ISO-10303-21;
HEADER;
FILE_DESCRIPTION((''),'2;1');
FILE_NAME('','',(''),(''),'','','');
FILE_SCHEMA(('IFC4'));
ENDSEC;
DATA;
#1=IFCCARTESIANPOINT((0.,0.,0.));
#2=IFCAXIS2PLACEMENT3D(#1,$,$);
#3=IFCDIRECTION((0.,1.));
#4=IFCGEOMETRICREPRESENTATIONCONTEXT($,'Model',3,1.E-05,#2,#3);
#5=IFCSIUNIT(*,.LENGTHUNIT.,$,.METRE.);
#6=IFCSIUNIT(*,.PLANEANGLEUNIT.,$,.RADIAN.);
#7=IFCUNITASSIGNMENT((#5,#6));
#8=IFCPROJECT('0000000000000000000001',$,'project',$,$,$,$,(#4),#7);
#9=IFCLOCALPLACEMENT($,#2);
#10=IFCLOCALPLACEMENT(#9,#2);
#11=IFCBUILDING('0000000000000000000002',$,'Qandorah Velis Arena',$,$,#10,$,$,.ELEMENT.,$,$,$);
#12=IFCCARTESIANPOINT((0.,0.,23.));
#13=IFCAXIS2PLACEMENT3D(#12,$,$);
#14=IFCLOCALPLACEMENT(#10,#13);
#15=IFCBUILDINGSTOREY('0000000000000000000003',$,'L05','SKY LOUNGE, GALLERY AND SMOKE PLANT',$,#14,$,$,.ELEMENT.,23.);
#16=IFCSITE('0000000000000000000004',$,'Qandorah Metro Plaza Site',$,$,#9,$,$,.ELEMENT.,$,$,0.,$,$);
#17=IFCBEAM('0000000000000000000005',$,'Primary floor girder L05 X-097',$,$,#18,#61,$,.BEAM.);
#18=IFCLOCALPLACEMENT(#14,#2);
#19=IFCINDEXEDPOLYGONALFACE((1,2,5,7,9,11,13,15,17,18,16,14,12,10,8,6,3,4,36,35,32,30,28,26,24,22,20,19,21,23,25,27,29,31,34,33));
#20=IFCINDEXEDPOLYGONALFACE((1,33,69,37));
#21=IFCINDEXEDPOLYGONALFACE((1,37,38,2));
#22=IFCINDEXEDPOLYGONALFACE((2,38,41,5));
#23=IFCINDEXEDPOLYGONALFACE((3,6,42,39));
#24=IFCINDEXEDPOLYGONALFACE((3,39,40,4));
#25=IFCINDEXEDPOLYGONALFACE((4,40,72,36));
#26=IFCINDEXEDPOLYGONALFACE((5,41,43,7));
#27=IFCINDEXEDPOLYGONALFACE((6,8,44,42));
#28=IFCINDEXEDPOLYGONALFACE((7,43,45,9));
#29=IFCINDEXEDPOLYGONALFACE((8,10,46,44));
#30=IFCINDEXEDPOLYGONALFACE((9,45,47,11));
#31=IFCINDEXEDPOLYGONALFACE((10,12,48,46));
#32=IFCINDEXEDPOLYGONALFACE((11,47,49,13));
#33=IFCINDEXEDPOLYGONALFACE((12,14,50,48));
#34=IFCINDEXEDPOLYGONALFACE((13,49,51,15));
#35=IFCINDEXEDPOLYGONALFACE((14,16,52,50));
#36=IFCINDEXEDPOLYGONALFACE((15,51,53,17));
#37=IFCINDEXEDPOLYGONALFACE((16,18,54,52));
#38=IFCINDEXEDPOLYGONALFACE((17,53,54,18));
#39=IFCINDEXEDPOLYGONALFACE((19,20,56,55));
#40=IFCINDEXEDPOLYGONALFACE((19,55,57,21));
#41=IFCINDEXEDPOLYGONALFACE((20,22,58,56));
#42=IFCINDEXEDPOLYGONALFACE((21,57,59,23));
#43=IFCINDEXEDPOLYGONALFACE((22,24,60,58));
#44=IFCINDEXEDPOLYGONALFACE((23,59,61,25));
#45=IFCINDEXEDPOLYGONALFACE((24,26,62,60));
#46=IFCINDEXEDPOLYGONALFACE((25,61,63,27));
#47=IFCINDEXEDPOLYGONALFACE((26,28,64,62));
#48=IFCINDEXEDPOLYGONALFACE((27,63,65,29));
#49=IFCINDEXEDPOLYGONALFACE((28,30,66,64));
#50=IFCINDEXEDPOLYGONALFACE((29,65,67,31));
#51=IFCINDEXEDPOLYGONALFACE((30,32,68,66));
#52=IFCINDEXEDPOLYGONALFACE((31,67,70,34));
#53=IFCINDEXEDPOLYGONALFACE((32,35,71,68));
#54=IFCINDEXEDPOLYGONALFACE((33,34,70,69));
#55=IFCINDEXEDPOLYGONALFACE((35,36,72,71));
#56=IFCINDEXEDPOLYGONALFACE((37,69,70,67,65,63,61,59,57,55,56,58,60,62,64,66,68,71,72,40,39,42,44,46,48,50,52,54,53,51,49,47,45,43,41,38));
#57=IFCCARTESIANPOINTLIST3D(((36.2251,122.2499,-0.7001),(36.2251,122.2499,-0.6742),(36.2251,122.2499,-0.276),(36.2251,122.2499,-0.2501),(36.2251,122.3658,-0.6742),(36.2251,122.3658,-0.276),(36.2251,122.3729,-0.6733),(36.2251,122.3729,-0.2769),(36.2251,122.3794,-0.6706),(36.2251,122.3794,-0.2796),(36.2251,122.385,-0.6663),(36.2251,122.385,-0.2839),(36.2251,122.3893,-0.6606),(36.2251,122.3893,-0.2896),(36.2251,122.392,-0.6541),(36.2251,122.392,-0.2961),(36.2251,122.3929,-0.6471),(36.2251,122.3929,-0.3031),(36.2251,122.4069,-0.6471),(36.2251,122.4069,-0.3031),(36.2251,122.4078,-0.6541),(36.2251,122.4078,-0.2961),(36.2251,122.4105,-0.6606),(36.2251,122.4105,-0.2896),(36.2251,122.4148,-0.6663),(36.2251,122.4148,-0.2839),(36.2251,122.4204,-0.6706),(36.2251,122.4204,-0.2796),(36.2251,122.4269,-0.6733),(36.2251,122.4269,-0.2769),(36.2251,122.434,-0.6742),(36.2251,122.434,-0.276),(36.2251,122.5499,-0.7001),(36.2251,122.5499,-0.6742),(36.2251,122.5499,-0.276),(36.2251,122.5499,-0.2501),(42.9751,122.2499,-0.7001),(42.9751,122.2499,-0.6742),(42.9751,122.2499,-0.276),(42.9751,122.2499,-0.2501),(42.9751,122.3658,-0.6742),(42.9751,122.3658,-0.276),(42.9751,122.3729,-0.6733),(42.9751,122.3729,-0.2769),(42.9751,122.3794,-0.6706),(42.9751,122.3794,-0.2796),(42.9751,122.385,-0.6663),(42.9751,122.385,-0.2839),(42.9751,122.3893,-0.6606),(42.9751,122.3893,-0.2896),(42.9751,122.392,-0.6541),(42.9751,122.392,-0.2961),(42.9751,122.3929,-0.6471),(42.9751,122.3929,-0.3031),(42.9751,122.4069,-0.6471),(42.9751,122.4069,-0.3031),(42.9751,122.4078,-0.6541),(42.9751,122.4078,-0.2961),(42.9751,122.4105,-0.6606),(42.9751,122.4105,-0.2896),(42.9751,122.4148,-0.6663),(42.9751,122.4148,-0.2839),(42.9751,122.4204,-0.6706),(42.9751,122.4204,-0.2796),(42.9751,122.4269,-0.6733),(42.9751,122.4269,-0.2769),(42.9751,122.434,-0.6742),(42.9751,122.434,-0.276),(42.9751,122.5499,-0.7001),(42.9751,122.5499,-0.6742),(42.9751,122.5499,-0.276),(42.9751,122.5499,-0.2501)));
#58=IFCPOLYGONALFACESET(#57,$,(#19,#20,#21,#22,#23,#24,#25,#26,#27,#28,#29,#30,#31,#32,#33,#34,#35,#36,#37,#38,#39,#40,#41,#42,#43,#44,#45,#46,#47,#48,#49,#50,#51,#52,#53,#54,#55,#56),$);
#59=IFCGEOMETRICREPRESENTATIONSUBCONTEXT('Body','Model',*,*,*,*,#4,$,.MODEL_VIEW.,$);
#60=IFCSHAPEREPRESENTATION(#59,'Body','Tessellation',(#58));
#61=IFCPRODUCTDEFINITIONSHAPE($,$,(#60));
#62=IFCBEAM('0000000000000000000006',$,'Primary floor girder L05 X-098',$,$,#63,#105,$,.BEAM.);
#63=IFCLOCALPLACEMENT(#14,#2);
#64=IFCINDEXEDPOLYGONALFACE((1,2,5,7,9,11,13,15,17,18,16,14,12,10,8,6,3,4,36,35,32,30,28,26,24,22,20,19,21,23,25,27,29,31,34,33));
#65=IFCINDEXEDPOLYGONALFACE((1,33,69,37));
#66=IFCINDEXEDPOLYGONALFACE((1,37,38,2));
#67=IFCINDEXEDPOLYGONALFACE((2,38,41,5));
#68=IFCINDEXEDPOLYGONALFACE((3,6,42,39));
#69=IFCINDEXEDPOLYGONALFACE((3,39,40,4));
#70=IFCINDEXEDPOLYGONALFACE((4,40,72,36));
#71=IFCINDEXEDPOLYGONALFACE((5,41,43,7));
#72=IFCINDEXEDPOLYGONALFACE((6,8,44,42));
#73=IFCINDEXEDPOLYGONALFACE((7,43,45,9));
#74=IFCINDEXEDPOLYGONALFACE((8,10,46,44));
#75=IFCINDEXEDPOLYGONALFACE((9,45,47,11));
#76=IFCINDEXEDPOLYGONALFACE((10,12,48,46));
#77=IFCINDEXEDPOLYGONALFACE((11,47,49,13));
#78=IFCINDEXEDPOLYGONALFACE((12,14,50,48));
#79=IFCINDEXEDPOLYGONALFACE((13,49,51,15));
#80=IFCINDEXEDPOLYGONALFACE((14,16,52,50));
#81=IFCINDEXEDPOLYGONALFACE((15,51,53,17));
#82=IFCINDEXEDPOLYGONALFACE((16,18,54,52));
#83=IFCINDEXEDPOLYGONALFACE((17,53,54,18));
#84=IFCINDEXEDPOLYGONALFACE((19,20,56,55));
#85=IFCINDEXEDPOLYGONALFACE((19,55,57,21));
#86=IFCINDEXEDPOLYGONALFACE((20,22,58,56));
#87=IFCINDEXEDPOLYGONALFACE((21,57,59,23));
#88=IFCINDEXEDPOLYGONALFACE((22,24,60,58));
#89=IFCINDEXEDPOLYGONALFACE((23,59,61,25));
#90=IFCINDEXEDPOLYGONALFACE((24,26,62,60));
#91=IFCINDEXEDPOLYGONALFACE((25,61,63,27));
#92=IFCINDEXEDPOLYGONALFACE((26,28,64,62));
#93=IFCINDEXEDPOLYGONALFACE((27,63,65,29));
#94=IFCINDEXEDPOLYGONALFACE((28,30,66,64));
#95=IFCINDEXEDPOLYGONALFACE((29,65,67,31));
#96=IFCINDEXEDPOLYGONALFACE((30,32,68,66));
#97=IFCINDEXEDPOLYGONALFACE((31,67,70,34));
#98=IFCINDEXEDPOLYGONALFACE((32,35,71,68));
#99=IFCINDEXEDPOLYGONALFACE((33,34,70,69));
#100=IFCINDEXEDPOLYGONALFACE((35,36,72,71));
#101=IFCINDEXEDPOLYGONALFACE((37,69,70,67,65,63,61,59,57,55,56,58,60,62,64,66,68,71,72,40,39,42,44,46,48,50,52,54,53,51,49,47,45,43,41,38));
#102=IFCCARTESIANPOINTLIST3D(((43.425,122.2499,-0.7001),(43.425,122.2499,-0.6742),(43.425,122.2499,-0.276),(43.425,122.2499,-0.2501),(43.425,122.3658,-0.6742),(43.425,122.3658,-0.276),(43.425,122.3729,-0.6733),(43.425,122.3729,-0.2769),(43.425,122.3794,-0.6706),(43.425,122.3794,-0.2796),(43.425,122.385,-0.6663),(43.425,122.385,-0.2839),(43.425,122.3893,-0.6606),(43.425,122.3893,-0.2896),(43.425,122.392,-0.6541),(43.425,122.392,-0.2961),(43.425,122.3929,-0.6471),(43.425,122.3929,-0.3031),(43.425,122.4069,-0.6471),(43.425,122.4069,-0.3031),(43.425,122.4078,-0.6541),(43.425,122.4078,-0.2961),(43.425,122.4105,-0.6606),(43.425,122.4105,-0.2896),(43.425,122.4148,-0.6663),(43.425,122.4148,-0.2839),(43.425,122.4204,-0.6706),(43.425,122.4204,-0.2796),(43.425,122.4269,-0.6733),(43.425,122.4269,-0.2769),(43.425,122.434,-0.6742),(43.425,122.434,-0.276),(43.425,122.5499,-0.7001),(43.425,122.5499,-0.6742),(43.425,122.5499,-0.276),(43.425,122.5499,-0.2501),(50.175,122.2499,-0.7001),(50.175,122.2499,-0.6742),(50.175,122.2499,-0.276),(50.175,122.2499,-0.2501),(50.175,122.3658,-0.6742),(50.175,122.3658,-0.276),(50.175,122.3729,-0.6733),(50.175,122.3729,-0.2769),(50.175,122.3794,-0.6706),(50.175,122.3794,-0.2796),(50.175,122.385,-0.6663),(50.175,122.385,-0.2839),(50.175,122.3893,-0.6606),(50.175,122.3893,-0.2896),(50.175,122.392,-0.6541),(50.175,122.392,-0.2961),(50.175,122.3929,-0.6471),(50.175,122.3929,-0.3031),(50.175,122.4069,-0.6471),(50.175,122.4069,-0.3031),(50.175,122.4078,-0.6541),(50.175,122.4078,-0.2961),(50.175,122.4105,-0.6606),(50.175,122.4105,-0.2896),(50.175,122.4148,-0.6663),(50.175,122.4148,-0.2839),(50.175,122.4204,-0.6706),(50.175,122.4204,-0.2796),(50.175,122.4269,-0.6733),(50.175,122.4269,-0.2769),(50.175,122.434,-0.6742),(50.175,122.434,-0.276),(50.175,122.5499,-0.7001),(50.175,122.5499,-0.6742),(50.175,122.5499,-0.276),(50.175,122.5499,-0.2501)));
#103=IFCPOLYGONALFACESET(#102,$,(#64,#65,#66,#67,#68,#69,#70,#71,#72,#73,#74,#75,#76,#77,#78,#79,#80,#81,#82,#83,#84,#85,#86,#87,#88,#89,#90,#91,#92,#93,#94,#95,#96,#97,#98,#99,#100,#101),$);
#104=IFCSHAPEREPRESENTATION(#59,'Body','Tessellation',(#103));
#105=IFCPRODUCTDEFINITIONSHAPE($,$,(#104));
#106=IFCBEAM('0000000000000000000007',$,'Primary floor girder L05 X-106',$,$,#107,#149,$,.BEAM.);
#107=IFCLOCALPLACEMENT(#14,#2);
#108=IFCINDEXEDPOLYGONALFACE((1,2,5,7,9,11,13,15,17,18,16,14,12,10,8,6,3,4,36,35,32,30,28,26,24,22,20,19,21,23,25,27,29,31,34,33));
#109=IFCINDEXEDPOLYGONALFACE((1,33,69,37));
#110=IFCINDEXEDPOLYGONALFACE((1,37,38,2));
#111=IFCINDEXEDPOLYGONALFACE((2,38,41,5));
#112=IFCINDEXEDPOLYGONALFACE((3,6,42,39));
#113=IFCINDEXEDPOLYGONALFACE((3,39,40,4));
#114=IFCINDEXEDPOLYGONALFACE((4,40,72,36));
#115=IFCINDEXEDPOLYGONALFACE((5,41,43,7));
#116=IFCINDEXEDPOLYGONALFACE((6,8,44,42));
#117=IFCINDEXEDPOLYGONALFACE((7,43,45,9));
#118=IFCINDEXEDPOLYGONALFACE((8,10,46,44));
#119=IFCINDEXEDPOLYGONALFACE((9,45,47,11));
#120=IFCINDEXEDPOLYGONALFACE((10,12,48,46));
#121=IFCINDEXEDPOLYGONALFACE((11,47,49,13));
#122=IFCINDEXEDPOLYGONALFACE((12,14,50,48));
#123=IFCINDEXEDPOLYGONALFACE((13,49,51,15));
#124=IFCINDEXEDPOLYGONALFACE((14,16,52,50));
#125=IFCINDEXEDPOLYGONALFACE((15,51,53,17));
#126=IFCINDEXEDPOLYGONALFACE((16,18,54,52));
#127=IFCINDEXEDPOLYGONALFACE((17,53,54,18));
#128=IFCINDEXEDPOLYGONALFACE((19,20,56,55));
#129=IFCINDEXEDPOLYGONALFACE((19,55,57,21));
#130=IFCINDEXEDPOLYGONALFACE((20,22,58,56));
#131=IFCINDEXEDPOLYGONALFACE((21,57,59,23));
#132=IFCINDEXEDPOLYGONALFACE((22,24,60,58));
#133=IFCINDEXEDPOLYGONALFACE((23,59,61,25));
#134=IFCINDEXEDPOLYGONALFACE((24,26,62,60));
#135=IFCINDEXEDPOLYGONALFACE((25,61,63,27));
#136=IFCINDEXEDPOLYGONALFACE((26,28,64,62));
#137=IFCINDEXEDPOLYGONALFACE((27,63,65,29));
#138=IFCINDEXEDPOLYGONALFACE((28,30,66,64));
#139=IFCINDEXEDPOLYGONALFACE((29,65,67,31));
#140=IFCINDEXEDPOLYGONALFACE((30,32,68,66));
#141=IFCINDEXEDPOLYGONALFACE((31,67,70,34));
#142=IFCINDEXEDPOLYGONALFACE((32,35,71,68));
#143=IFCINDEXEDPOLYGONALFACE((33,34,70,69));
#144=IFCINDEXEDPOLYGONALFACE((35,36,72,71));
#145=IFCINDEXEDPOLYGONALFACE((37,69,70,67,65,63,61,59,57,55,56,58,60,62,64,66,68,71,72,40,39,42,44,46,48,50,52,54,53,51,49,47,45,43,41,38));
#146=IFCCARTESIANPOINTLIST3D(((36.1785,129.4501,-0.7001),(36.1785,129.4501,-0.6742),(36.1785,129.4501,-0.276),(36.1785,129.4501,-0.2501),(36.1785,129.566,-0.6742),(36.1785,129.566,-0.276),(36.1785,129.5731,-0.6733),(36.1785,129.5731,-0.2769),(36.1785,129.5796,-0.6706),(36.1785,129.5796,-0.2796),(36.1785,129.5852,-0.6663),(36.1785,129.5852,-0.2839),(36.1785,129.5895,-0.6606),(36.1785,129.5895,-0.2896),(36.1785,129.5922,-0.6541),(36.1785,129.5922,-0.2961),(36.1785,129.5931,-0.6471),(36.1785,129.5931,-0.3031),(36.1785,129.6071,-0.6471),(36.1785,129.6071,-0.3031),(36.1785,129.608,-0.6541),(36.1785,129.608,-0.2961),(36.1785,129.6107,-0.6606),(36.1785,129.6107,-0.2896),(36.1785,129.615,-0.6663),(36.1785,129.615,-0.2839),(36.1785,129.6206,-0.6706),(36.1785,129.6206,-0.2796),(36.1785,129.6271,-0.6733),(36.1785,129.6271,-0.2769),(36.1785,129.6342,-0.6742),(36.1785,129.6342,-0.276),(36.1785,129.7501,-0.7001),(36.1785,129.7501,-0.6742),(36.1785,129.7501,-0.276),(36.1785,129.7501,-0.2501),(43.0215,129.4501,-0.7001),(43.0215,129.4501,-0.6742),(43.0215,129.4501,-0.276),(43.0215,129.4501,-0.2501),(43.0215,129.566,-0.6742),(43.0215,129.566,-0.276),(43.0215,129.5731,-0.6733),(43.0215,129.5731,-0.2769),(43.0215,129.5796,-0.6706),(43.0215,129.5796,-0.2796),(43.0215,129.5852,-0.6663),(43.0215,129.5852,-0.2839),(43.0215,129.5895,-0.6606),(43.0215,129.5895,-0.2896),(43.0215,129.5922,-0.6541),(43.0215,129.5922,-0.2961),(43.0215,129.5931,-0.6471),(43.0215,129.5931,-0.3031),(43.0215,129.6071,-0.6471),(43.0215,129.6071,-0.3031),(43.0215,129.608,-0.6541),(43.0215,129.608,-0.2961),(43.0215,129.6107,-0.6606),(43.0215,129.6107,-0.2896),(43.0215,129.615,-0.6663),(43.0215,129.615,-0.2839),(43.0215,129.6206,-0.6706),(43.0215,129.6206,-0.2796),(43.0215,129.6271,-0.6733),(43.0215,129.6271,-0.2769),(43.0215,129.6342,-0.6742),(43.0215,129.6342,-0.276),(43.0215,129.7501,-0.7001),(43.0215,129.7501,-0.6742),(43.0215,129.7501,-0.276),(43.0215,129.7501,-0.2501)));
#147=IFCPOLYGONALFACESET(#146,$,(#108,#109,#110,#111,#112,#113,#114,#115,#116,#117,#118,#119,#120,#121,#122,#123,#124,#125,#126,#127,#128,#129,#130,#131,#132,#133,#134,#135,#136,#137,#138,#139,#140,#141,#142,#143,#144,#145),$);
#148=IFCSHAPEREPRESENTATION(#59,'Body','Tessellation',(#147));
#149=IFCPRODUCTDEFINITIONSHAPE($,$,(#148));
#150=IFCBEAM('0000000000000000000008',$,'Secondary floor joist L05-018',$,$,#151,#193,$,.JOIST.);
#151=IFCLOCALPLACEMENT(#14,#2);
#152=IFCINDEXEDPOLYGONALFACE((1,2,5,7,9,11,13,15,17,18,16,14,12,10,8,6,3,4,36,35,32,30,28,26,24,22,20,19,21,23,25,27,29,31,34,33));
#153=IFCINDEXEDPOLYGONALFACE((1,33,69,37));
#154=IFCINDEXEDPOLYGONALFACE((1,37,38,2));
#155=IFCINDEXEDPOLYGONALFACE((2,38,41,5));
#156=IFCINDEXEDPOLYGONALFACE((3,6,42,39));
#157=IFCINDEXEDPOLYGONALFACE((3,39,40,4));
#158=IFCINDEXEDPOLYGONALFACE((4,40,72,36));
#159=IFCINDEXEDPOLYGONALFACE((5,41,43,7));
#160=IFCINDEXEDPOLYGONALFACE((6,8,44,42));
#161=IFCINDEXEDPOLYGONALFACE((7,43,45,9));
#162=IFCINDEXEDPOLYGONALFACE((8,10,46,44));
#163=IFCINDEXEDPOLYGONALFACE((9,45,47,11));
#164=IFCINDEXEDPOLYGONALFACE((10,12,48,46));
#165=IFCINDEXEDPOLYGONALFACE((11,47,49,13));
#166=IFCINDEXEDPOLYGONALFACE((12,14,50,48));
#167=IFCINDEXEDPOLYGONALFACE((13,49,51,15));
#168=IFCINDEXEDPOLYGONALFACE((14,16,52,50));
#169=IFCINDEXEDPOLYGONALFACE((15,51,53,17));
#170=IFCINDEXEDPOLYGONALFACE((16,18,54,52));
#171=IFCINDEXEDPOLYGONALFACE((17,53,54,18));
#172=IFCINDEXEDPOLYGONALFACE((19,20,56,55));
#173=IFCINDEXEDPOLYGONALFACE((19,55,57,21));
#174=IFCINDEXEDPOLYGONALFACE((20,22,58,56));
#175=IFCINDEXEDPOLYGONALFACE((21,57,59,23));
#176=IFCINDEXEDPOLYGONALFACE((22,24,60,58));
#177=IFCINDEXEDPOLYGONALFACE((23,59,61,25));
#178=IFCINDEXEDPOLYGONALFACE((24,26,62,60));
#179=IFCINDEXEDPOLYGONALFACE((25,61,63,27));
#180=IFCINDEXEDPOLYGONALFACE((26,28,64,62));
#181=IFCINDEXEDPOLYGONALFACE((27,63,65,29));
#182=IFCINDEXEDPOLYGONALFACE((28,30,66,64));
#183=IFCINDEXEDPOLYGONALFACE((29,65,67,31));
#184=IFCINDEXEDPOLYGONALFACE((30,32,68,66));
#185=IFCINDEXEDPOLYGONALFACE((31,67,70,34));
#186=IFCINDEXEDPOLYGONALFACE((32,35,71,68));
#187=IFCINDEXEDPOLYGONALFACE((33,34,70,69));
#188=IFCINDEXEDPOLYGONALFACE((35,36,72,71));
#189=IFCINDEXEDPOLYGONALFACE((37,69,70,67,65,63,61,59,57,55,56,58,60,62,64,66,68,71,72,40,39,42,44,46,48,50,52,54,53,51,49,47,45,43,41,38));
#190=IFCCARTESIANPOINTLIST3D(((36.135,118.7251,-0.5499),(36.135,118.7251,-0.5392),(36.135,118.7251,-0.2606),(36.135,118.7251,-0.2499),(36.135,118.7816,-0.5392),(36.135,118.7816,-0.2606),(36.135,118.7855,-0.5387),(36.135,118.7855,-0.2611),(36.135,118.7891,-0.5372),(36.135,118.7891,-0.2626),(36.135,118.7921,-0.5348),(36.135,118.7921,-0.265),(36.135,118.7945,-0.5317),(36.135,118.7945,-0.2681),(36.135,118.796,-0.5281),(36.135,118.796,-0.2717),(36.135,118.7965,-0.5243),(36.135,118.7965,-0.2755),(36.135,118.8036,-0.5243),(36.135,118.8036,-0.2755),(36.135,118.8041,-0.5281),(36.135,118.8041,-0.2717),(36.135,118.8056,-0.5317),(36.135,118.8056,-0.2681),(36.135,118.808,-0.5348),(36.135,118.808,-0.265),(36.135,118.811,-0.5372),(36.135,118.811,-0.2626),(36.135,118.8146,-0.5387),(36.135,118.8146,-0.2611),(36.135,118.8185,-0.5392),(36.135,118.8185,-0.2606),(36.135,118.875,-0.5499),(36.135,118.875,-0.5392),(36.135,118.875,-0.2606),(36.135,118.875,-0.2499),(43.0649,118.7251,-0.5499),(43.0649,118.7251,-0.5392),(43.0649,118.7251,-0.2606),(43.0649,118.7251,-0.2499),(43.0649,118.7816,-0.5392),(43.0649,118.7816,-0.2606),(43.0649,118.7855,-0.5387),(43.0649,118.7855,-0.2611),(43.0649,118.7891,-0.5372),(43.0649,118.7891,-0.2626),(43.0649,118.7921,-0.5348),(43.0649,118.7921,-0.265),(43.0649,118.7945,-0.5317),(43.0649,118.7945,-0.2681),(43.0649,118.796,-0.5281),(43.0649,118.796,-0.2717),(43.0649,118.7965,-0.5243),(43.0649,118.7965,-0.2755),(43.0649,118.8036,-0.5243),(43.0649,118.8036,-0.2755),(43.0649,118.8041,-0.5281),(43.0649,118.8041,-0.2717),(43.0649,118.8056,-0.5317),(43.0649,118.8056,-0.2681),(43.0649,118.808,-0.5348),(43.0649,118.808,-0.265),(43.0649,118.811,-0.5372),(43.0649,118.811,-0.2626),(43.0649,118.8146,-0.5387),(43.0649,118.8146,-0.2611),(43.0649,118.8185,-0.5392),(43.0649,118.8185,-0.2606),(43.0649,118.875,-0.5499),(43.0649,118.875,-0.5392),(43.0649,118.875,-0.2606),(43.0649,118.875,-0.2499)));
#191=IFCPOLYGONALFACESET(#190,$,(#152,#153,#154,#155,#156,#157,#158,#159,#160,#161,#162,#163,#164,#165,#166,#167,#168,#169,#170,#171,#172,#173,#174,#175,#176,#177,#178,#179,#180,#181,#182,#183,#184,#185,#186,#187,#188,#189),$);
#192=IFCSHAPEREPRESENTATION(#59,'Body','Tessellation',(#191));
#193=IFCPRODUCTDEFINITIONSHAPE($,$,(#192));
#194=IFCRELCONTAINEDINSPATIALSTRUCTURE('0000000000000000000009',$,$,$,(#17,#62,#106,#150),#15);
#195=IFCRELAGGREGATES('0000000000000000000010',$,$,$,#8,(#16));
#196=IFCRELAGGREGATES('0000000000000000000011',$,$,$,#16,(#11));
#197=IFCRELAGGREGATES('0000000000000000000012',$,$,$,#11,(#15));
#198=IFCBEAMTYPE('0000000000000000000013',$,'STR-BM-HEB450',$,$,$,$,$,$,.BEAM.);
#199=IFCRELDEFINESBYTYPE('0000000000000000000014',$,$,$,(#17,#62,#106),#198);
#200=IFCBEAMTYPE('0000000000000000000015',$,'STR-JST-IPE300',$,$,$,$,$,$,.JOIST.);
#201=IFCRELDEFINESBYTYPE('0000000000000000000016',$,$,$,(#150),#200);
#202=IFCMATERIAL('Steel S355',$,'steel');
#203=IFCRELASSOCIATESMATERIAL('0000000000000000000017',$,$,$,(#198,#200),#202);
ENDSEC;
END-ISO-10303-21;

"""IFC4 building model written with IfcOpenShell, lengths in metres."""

from ifc_helpers import new_model, si_unit, direction, frame, origin, origin_2d, place, context, subcontext, project, spatial, i_section, extrude, material, material_profile, profile_set, type_object, element, save


model = new_model("IFC4")

# Units and contexts
model_context = context("Model", 3, precision=1e-05, world=origin(), true_north=direction((0.0, 1.0)))
body_context = subcontext(model_context, "Body", "Model", "MODEL_VIEW")
ifc_project = project(units=[si_unit("LENGTHUNIT", "METRE"), si_unit("PLANEANGLEUNIT", "RADIAN")], contexts=[model_context])

# Site, building, storey
site_placement = place(None, origin())
site = spatial("IfcSite", under=ifc_project, at=site_placement, Name="Qandorah Metro Plaza Site", CompositionType="ELEMENT", RefElevation=0.0)
building_placement = place(site_placement, origin())
building = spatial("IfcBuilding", under=site, at=building_placement, Name="Qandorah Velis Arena", CompositionType="ELEMENT")
storey_placement = place(building_placement, frame((0.0, 0.0, 23.0)))
storey = spatial("IfcBuildingStorey", under=building, at=storey_placement, Name="L05", Description="SKY LOUNGE, GALLERY AND SMOKE PLANT", CompositionType="ELEMENT", Elevation=23.0)

# Beams
ifc_material_1 = material(Name="Steel S355", Category="steel")
ifc_material_profile_1 = material_profile(ifc_material_1, i_section(OverallWidth=0.3, OverallDepth=0.45, WebThickness=0.0139, FlangeThickness=0.0259, FilletRadius=0.0271, at=origin_2d()), Name="HEB 450")
ifc_profile_set_1 = profile_set([ifc_material_profile_1], Name="Steel S355")
beam_type_1 = type_object("IfcBeamType", Name="STR-BM-HEB450", PredefinedType="BEAM", material=ifc_profile_set_1)
for number, where, z_axis, x_axis, name in (
    (1, (36.2251, 122.3999, -0.4751), (1.0, 0.0, 0.0), (0.0, 1.0, 0.0), "Primary floor girder L05 X-097"),
    (2, (43.425, 122.3999, -0.4751), (1.0, 0.0, 0.0), (0.0, 1.0, 0.0), "Primary floor girder L05 X-098"),
):
    element("IfcBeam", number, at=place(storey_placement, frame(where, z_axis=z_axis, x_axis=x_axis)), inside=storey, type_object=beam_type_1, Name=name, PredefinedType="BEAM", context=body_context, shape_type="SweptSolid", body=[
        extrude(i_section(OverallWidth=0.3, OverallDepth=0.45, WebThickness=0.0139, FlangeThickness=0.0259, FilletRadius=0.0271, at=origin_2d()), origin(), (0.0, 0.0, 1.0), 6.75),
    ])
beam_1_placement = place(storey_placement, frame((36.1785, 129.6001, -0.4751), z_axis=(1.0, 0.0, 0.0), x_axis=(0.0, 1.0, 0.0)))
element("IfcBeam", 3, at=beam_1_placement, inside=storey, type_object=beam_type_1, Name="Primary floor girder L05 X-106", PredefinedType="BEAM", context=body_context, shape_type="SweptSolid", body=[
    extrude(i_section(OverallWidth=0.3, OverallDepth=0.45, WebThickness=0.0139, FlangeThickness=0.0259, FilletRadius=0.0271, at=origin_2d()), origin(), (0.0, 0.0, 1.0), 6.843),
])
ifc_material_profile_2 = material_profile(ifc_material_1, i_section(OverallWidth=0.1499, OverallDepth=0.3, WebThickness=0.0071, FlangeThickness=0.0107, FilletRadius=0.0149, at=origin_2d()), Name="IPE 300")
ifc_profile_set_2 = profile_set([ifc_material_profile_2], Name="Steel S355")
beam_type_2 = type_object("IfcBeamType", Name="STR-JST-IPE300", PredefinedType="JOIST", material=ifc_profile_set_2)
for number, where, z_axis, x_axis, name in (
    (4, (36.135, 118.8, -0.3999), (1.0, 0.0, 0.0), (0.0, 1.0, 0.0), "Secondary floor joist L05-018"),
):
    element("IfcBeam", number, at=place(storey_placement, frame(where, z_axis=z_axis, x_axis=x_axis)), inside=storey, type_object=beam_type_2, Name=name, PredefinedType="JOIST", context=body_context, shape_type="SweptSolid", body=[
        extrude(i_section(OverallWidth=0.1499, OverallDepth=0.3, WebThickness=0.0071, FlangeThickness=0.0107, FilletRadius=0.0149, at=origin_2d()), origin(), (0.0, 0.0, 1.0), 6.9299),
    ])

save(model, "model.ifc")
